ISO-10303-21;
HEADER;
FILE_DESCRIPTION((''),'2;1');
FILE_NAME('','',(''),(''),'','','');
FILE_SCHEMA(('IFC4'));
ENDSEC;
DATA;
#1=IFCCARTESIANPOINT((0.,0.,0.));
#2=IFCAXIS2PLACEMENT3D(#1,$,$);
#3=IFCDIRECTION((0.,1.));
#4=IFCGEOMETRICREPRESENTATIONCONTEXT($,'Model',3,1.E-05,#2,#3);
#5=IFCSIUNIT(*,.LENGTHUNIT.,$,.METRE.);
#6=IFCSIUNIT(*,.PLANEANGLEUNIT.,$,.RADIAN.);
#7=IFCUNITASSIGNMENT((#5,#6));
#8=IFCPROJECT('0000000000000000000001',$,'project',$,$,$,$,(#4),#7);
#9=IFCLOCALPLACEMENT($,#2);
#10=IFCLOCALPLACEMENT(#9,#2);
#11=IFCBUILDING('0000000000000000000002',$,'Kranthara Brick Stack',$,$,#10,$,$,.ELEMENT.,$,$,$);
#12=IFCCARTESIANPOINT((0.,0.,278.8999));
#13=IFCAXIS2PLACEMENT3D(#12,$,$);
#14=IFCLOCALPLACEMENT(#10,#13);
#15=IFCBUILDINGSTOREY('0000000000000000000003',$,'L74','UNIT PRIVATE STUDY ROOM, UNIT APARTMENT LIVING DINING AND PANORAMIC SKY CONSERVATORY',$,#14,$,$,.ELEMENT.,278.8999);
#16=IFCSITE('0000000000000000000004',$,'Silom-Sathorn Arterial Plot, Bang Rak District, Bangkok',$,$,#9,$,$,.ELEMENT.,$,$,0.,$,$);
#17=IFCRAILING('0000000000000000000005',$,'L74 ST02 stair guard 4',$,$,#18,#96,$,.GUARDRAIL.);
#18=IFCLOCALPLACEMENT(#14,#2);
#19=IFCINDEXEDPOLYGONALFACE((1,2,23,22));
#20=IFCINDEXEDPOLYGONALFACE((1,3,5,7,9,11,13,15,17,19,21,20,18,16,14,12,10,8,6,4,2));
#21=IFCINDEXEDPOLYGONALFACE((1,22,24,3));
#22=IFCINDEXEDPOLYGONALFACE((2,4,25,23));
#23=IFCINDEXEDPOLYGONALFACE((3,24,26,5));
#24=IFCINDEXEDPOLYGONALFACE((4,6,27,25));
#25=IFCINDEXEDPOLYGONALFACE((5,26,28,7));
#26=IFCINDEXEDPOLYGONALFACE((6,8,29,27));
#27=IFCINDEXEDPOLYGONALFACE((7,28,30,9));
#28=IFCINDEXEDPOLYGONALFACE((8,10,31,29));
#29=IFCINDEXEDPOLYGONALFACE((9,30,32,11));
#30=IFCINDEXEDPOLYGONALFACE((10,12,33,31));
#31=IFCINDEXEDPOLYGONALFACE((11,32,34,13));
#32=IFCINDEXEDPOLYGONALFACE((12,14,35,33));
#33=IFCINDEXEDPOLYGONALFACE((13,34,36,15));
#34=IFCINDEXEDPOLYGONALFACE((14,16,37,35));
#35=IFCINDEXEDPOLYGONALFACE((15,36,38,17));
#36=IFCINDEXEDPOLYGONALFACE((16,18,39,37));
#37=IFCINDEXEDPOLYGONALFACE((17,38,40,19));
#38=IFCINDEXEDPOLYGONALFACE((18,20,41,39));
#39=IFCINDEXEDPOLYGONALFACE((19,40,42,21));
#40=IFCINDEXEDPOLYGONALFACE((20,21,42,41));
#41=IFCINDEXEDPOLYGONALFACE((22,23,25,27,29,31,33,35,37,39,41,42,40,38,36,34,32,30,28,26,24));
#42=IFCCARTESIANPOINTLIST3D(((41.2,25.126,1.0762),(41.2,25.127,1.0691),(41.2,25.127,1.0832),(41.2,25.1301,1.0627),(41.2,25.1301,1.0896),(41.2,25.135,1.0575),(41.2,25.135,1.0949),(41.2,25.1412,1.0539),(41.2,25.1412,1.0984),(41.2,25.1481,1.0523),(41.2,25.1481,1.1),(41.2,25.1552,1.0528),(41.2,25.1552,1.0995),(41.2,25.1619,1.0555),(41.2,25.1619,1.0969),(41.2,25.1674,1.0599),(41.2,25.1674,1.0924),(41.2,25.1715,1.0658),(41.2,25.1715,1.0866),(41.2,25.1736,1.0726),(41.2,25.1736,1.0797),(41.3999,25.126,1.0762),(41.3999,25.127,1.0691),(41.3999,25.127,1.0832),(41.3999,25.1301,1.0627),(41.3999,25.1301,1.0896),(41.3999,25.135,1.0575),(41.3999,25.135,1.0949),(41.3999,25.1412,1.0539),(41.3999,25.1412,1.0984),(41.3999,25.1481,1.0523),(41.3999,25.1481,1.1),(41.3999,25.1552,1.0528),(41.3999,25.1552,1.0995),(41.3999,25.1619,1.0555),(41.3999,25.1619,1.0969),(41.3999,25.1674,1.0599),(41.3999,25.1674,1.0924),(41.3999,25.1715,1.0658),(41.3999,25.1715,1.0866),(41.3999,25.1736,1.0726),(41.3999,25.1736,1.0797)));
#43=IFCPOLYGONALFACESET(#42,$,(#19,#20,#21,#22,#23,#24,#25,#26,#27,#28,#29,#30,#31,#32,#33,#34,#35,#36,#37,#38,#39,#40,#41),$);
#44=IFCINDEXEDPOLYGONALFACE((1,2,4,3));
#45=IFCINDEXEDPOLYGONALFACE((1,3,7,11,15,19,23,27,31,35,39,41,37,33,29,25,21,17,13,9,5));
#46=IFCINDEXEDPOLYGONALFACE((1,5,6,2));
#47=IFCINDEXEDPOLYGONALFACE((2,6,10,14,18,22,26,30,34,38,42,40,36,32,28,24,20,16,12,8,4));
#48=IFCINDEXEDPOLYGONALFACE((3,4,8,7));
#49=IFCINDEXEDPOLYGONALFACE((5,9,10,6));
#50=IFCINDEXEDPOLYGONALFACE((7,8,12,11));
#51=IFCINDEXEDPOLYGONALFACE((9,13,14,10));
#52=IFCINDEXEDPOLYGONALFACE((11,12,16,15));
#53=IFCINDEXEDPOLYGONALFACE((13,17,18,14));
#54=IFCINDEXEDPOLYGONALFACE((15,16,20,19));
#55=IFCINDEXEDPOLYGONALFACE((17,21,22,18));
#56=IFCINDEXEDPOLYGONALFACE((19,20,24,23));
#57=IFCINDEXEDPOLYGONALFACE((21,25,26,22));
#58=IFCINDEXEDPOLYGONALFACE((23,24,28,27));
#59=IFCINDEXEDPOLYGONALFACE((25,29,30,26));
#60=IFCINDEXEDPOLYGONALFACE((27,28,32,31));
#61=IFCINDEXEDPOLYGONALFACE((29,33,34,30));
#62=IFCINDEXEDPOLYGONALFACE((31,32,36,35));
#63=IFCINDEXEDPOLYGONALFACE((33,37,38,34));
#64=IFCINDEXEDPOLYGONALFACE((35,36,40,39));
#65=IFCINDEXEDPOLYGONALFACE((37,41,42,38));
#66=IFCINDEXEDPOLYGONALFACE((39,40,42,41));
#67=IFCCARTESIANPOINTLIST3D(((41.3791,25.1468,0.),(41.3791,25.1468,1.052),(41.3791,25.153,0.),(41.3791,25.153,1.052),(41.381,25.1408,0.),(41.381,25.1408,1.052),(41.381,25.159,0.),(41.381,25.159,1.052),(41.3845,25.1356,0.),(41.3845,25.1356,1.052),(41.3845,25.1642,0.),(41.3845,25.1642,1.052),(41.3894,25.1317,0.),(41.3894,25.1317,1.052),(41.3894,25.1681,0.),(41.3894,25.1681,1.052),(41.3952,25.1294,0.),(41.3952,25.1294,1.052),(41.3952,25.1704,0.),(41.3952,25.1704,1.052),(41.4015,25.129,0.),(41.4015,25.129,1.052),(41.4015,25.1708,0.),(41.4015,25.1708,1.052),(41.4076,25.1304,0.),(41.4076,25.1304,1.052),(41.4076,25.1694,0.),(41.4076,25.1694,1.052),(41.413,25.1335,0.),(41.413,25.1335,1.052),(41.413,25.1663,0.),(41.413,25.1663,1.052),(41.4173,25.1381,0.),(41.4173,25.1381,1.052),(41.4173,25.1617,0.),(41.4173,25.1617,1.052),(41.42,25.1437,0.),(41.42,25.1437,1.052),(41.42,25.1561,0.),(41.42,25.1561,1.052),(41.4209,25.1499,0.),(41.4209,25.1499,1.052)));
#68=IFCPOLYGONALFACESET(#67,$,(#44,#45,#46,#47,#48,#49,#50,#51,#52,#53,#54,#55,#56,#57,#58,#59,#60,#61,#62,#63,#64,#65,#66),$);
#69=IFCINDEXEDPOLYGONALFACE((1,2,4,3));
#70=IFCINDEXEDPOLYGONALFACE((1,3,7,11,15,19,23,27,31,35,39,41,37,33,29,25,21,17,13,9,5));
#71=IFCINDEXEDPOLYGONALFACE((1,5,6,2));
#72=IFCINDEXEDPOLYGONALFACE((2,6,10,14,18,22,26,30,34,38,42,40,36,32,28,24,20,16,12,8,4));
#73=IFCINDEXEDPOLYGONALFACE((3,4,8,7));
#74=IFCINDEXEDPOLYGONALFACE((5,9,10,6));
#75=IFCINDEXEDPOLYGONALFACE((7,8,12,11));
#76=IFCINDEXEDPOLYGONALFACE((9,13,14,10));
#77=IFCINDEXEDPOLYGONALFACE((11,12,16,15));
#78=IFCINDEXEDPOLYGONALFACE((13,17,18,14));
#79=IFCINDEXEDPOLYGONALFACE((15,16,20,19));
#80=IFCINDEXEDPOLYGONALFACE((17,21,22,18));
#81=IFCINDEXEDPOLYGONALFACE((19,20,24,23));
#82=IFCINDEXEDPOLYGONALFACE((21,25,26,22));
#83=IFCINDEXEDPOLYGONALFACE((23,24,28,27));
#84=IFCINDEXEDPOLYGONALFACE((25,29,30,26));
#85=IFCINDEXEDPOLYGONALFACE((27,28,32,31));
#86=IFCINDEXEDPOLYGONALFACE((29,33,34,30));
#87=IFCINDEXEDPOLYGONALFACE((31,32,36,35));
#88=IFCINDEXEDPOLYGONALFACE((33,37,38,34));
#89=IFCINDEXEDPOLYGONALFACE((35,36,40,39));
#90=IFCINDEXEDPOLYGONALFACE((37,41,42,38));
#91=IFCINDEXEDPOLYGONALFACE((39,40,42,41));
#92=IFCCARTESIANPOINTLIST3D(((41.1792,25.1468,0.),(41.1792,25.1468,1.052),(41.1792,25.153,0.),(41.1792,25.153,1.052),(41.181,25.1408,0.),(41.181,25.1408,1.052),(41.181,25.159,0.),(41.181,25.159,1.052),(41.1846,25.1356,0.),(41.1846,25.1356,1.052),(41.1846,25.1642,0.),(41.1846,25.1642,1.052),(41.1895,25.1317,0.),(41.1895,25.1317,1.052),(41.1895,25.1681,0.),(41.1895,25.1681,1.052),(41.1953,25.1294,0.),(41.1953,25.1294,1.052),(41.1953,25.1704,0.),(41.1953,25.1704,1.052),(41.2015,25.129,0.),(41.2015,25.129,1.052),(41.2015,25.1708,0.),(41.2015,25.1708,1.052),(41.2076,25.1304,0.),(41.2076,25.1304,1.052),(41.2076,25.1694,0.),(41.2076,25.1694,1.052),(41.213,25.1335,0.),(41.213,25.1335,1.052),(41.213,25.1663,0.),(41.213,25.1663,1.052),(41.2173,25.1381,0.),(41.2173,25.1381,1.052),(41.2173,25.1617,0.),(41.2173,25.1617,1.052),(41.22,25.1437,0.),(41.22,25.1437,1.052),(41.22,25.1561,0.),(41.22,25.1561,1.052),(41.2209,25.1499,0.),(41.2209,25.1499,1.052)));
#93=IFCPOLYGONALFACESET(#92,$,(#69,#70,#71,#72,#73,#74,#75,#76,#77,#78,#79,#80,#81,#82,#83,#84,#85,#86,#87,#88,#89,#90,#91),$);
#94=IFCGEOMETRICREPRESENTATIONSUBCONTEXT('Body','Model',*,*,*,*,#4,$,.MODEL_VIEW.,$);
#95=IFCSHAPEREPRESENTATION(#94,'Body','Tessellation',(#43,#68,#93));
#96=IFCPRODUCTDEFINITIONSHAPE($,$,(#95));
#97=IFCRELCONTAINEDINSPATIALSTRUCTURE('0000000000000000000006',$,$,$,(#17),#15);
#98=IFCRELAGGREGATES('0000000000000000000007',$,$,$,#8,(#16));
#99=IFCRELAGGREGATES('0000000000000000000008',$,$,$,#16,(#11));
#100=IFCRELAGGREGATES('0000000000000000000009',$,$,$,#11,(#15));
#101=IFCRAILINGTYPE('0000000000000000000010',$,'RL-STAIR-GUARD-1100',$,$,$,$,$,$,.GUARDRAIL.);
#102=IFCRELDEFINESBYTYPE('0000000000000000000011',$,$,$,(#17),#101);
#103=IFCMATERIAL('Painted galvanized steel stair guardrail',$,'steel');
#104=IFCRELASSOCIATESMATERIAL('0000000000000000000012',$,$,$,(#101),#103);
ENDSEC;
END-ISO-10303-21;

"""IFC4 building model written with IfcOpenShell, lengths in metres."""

from ifc_helpers import new_model, si_unit, direction, frame, origin, origin_2d, place, context, subcontext, project, spatial, circle, extrude, material, type_object, element, save


model = new_model("IFC4")

# Units and contexts
model_context = context("Model", 3, precision=1e-05, world=origin(), true_north=direction((0.0, 1.0)))
body_context = subcontext(model_context, "Body", "Model", "MODEL_VIEW")
ifc_project = project(units=[si_unit("LENGTHUNIT", "METRE"), si_unit("PLANEANGLEUNIT", "RADIAN")], contexts=[model_context])

# Site, building, storey
site_placement = place(None, origin())
site = spatial("IfcSite", under=ifc_project, at=site_placement, Name="Silom-Sathorn Arterial Plot, Bang Rak District, Bangkok", CompositionType="ELEMENT", RefElevation=0.0)
building_placement = place(site_placement, origin())
building = spatial("IfcBuilding", under=site, at=building_placement, Name="Kranthara Brick Stack", CompositionType="ELEMENT")
storey_placement = place(building_placement, frame((0.0, 0.0, 278.8999)))
storey = spatial("IfcBuildingStorey", under=building, at=storey_placement, Name="L74", Description="UNIT PRIVATE STUDY ROOM, UNIT APARTMENT LIVING DINING AND PANORAMIC SKY CONSERVATORY", CompositionType="ELEMENT", Elevation=278.8999)

# Railing
ifc_material_1 = material(Name="Painted galvanized steel stair guardrail", Category="steel")
railing_type_1 = type_object("IfcRailingType", Name="RL-STAIR-GUARD-1100", PredefinedType="GUARDRAIL", material=ifc_material_1)
railing_1_placement = place(storey_placement, frame((41.3999, 25.1499, 0.0)))
element("IfcRailing", 1, at=railing_1_placement, inside=storey, type_object=railing_type_1, Name="L74 ST02 stair guard 4", PredefinedType="GUARDRAIL", context=body_context, shape_type="SweptSolid", body=[
    extrude(circle(Radius=0.0239, at=origin_2d()), frame((0.0, 0.0, 1.0762), z_axis=(-1.0, 0.0, 0.0), x_axis=(0.0, -1.0, 0.0)), (0.0, 0.0, 1.0), 0.2),
    extrude(circle(Radius=0.021, at=origin_2d()), origin(), (0.0, 0.0, 1.0), 1.052),
    extrude(circle(Radius=0.021, at=origin_2d()), frame((-0.2, 0.0, 0.0)), (0.0, 0.0, 1.0), 1.052),
])

save(model, "model.ifc")
